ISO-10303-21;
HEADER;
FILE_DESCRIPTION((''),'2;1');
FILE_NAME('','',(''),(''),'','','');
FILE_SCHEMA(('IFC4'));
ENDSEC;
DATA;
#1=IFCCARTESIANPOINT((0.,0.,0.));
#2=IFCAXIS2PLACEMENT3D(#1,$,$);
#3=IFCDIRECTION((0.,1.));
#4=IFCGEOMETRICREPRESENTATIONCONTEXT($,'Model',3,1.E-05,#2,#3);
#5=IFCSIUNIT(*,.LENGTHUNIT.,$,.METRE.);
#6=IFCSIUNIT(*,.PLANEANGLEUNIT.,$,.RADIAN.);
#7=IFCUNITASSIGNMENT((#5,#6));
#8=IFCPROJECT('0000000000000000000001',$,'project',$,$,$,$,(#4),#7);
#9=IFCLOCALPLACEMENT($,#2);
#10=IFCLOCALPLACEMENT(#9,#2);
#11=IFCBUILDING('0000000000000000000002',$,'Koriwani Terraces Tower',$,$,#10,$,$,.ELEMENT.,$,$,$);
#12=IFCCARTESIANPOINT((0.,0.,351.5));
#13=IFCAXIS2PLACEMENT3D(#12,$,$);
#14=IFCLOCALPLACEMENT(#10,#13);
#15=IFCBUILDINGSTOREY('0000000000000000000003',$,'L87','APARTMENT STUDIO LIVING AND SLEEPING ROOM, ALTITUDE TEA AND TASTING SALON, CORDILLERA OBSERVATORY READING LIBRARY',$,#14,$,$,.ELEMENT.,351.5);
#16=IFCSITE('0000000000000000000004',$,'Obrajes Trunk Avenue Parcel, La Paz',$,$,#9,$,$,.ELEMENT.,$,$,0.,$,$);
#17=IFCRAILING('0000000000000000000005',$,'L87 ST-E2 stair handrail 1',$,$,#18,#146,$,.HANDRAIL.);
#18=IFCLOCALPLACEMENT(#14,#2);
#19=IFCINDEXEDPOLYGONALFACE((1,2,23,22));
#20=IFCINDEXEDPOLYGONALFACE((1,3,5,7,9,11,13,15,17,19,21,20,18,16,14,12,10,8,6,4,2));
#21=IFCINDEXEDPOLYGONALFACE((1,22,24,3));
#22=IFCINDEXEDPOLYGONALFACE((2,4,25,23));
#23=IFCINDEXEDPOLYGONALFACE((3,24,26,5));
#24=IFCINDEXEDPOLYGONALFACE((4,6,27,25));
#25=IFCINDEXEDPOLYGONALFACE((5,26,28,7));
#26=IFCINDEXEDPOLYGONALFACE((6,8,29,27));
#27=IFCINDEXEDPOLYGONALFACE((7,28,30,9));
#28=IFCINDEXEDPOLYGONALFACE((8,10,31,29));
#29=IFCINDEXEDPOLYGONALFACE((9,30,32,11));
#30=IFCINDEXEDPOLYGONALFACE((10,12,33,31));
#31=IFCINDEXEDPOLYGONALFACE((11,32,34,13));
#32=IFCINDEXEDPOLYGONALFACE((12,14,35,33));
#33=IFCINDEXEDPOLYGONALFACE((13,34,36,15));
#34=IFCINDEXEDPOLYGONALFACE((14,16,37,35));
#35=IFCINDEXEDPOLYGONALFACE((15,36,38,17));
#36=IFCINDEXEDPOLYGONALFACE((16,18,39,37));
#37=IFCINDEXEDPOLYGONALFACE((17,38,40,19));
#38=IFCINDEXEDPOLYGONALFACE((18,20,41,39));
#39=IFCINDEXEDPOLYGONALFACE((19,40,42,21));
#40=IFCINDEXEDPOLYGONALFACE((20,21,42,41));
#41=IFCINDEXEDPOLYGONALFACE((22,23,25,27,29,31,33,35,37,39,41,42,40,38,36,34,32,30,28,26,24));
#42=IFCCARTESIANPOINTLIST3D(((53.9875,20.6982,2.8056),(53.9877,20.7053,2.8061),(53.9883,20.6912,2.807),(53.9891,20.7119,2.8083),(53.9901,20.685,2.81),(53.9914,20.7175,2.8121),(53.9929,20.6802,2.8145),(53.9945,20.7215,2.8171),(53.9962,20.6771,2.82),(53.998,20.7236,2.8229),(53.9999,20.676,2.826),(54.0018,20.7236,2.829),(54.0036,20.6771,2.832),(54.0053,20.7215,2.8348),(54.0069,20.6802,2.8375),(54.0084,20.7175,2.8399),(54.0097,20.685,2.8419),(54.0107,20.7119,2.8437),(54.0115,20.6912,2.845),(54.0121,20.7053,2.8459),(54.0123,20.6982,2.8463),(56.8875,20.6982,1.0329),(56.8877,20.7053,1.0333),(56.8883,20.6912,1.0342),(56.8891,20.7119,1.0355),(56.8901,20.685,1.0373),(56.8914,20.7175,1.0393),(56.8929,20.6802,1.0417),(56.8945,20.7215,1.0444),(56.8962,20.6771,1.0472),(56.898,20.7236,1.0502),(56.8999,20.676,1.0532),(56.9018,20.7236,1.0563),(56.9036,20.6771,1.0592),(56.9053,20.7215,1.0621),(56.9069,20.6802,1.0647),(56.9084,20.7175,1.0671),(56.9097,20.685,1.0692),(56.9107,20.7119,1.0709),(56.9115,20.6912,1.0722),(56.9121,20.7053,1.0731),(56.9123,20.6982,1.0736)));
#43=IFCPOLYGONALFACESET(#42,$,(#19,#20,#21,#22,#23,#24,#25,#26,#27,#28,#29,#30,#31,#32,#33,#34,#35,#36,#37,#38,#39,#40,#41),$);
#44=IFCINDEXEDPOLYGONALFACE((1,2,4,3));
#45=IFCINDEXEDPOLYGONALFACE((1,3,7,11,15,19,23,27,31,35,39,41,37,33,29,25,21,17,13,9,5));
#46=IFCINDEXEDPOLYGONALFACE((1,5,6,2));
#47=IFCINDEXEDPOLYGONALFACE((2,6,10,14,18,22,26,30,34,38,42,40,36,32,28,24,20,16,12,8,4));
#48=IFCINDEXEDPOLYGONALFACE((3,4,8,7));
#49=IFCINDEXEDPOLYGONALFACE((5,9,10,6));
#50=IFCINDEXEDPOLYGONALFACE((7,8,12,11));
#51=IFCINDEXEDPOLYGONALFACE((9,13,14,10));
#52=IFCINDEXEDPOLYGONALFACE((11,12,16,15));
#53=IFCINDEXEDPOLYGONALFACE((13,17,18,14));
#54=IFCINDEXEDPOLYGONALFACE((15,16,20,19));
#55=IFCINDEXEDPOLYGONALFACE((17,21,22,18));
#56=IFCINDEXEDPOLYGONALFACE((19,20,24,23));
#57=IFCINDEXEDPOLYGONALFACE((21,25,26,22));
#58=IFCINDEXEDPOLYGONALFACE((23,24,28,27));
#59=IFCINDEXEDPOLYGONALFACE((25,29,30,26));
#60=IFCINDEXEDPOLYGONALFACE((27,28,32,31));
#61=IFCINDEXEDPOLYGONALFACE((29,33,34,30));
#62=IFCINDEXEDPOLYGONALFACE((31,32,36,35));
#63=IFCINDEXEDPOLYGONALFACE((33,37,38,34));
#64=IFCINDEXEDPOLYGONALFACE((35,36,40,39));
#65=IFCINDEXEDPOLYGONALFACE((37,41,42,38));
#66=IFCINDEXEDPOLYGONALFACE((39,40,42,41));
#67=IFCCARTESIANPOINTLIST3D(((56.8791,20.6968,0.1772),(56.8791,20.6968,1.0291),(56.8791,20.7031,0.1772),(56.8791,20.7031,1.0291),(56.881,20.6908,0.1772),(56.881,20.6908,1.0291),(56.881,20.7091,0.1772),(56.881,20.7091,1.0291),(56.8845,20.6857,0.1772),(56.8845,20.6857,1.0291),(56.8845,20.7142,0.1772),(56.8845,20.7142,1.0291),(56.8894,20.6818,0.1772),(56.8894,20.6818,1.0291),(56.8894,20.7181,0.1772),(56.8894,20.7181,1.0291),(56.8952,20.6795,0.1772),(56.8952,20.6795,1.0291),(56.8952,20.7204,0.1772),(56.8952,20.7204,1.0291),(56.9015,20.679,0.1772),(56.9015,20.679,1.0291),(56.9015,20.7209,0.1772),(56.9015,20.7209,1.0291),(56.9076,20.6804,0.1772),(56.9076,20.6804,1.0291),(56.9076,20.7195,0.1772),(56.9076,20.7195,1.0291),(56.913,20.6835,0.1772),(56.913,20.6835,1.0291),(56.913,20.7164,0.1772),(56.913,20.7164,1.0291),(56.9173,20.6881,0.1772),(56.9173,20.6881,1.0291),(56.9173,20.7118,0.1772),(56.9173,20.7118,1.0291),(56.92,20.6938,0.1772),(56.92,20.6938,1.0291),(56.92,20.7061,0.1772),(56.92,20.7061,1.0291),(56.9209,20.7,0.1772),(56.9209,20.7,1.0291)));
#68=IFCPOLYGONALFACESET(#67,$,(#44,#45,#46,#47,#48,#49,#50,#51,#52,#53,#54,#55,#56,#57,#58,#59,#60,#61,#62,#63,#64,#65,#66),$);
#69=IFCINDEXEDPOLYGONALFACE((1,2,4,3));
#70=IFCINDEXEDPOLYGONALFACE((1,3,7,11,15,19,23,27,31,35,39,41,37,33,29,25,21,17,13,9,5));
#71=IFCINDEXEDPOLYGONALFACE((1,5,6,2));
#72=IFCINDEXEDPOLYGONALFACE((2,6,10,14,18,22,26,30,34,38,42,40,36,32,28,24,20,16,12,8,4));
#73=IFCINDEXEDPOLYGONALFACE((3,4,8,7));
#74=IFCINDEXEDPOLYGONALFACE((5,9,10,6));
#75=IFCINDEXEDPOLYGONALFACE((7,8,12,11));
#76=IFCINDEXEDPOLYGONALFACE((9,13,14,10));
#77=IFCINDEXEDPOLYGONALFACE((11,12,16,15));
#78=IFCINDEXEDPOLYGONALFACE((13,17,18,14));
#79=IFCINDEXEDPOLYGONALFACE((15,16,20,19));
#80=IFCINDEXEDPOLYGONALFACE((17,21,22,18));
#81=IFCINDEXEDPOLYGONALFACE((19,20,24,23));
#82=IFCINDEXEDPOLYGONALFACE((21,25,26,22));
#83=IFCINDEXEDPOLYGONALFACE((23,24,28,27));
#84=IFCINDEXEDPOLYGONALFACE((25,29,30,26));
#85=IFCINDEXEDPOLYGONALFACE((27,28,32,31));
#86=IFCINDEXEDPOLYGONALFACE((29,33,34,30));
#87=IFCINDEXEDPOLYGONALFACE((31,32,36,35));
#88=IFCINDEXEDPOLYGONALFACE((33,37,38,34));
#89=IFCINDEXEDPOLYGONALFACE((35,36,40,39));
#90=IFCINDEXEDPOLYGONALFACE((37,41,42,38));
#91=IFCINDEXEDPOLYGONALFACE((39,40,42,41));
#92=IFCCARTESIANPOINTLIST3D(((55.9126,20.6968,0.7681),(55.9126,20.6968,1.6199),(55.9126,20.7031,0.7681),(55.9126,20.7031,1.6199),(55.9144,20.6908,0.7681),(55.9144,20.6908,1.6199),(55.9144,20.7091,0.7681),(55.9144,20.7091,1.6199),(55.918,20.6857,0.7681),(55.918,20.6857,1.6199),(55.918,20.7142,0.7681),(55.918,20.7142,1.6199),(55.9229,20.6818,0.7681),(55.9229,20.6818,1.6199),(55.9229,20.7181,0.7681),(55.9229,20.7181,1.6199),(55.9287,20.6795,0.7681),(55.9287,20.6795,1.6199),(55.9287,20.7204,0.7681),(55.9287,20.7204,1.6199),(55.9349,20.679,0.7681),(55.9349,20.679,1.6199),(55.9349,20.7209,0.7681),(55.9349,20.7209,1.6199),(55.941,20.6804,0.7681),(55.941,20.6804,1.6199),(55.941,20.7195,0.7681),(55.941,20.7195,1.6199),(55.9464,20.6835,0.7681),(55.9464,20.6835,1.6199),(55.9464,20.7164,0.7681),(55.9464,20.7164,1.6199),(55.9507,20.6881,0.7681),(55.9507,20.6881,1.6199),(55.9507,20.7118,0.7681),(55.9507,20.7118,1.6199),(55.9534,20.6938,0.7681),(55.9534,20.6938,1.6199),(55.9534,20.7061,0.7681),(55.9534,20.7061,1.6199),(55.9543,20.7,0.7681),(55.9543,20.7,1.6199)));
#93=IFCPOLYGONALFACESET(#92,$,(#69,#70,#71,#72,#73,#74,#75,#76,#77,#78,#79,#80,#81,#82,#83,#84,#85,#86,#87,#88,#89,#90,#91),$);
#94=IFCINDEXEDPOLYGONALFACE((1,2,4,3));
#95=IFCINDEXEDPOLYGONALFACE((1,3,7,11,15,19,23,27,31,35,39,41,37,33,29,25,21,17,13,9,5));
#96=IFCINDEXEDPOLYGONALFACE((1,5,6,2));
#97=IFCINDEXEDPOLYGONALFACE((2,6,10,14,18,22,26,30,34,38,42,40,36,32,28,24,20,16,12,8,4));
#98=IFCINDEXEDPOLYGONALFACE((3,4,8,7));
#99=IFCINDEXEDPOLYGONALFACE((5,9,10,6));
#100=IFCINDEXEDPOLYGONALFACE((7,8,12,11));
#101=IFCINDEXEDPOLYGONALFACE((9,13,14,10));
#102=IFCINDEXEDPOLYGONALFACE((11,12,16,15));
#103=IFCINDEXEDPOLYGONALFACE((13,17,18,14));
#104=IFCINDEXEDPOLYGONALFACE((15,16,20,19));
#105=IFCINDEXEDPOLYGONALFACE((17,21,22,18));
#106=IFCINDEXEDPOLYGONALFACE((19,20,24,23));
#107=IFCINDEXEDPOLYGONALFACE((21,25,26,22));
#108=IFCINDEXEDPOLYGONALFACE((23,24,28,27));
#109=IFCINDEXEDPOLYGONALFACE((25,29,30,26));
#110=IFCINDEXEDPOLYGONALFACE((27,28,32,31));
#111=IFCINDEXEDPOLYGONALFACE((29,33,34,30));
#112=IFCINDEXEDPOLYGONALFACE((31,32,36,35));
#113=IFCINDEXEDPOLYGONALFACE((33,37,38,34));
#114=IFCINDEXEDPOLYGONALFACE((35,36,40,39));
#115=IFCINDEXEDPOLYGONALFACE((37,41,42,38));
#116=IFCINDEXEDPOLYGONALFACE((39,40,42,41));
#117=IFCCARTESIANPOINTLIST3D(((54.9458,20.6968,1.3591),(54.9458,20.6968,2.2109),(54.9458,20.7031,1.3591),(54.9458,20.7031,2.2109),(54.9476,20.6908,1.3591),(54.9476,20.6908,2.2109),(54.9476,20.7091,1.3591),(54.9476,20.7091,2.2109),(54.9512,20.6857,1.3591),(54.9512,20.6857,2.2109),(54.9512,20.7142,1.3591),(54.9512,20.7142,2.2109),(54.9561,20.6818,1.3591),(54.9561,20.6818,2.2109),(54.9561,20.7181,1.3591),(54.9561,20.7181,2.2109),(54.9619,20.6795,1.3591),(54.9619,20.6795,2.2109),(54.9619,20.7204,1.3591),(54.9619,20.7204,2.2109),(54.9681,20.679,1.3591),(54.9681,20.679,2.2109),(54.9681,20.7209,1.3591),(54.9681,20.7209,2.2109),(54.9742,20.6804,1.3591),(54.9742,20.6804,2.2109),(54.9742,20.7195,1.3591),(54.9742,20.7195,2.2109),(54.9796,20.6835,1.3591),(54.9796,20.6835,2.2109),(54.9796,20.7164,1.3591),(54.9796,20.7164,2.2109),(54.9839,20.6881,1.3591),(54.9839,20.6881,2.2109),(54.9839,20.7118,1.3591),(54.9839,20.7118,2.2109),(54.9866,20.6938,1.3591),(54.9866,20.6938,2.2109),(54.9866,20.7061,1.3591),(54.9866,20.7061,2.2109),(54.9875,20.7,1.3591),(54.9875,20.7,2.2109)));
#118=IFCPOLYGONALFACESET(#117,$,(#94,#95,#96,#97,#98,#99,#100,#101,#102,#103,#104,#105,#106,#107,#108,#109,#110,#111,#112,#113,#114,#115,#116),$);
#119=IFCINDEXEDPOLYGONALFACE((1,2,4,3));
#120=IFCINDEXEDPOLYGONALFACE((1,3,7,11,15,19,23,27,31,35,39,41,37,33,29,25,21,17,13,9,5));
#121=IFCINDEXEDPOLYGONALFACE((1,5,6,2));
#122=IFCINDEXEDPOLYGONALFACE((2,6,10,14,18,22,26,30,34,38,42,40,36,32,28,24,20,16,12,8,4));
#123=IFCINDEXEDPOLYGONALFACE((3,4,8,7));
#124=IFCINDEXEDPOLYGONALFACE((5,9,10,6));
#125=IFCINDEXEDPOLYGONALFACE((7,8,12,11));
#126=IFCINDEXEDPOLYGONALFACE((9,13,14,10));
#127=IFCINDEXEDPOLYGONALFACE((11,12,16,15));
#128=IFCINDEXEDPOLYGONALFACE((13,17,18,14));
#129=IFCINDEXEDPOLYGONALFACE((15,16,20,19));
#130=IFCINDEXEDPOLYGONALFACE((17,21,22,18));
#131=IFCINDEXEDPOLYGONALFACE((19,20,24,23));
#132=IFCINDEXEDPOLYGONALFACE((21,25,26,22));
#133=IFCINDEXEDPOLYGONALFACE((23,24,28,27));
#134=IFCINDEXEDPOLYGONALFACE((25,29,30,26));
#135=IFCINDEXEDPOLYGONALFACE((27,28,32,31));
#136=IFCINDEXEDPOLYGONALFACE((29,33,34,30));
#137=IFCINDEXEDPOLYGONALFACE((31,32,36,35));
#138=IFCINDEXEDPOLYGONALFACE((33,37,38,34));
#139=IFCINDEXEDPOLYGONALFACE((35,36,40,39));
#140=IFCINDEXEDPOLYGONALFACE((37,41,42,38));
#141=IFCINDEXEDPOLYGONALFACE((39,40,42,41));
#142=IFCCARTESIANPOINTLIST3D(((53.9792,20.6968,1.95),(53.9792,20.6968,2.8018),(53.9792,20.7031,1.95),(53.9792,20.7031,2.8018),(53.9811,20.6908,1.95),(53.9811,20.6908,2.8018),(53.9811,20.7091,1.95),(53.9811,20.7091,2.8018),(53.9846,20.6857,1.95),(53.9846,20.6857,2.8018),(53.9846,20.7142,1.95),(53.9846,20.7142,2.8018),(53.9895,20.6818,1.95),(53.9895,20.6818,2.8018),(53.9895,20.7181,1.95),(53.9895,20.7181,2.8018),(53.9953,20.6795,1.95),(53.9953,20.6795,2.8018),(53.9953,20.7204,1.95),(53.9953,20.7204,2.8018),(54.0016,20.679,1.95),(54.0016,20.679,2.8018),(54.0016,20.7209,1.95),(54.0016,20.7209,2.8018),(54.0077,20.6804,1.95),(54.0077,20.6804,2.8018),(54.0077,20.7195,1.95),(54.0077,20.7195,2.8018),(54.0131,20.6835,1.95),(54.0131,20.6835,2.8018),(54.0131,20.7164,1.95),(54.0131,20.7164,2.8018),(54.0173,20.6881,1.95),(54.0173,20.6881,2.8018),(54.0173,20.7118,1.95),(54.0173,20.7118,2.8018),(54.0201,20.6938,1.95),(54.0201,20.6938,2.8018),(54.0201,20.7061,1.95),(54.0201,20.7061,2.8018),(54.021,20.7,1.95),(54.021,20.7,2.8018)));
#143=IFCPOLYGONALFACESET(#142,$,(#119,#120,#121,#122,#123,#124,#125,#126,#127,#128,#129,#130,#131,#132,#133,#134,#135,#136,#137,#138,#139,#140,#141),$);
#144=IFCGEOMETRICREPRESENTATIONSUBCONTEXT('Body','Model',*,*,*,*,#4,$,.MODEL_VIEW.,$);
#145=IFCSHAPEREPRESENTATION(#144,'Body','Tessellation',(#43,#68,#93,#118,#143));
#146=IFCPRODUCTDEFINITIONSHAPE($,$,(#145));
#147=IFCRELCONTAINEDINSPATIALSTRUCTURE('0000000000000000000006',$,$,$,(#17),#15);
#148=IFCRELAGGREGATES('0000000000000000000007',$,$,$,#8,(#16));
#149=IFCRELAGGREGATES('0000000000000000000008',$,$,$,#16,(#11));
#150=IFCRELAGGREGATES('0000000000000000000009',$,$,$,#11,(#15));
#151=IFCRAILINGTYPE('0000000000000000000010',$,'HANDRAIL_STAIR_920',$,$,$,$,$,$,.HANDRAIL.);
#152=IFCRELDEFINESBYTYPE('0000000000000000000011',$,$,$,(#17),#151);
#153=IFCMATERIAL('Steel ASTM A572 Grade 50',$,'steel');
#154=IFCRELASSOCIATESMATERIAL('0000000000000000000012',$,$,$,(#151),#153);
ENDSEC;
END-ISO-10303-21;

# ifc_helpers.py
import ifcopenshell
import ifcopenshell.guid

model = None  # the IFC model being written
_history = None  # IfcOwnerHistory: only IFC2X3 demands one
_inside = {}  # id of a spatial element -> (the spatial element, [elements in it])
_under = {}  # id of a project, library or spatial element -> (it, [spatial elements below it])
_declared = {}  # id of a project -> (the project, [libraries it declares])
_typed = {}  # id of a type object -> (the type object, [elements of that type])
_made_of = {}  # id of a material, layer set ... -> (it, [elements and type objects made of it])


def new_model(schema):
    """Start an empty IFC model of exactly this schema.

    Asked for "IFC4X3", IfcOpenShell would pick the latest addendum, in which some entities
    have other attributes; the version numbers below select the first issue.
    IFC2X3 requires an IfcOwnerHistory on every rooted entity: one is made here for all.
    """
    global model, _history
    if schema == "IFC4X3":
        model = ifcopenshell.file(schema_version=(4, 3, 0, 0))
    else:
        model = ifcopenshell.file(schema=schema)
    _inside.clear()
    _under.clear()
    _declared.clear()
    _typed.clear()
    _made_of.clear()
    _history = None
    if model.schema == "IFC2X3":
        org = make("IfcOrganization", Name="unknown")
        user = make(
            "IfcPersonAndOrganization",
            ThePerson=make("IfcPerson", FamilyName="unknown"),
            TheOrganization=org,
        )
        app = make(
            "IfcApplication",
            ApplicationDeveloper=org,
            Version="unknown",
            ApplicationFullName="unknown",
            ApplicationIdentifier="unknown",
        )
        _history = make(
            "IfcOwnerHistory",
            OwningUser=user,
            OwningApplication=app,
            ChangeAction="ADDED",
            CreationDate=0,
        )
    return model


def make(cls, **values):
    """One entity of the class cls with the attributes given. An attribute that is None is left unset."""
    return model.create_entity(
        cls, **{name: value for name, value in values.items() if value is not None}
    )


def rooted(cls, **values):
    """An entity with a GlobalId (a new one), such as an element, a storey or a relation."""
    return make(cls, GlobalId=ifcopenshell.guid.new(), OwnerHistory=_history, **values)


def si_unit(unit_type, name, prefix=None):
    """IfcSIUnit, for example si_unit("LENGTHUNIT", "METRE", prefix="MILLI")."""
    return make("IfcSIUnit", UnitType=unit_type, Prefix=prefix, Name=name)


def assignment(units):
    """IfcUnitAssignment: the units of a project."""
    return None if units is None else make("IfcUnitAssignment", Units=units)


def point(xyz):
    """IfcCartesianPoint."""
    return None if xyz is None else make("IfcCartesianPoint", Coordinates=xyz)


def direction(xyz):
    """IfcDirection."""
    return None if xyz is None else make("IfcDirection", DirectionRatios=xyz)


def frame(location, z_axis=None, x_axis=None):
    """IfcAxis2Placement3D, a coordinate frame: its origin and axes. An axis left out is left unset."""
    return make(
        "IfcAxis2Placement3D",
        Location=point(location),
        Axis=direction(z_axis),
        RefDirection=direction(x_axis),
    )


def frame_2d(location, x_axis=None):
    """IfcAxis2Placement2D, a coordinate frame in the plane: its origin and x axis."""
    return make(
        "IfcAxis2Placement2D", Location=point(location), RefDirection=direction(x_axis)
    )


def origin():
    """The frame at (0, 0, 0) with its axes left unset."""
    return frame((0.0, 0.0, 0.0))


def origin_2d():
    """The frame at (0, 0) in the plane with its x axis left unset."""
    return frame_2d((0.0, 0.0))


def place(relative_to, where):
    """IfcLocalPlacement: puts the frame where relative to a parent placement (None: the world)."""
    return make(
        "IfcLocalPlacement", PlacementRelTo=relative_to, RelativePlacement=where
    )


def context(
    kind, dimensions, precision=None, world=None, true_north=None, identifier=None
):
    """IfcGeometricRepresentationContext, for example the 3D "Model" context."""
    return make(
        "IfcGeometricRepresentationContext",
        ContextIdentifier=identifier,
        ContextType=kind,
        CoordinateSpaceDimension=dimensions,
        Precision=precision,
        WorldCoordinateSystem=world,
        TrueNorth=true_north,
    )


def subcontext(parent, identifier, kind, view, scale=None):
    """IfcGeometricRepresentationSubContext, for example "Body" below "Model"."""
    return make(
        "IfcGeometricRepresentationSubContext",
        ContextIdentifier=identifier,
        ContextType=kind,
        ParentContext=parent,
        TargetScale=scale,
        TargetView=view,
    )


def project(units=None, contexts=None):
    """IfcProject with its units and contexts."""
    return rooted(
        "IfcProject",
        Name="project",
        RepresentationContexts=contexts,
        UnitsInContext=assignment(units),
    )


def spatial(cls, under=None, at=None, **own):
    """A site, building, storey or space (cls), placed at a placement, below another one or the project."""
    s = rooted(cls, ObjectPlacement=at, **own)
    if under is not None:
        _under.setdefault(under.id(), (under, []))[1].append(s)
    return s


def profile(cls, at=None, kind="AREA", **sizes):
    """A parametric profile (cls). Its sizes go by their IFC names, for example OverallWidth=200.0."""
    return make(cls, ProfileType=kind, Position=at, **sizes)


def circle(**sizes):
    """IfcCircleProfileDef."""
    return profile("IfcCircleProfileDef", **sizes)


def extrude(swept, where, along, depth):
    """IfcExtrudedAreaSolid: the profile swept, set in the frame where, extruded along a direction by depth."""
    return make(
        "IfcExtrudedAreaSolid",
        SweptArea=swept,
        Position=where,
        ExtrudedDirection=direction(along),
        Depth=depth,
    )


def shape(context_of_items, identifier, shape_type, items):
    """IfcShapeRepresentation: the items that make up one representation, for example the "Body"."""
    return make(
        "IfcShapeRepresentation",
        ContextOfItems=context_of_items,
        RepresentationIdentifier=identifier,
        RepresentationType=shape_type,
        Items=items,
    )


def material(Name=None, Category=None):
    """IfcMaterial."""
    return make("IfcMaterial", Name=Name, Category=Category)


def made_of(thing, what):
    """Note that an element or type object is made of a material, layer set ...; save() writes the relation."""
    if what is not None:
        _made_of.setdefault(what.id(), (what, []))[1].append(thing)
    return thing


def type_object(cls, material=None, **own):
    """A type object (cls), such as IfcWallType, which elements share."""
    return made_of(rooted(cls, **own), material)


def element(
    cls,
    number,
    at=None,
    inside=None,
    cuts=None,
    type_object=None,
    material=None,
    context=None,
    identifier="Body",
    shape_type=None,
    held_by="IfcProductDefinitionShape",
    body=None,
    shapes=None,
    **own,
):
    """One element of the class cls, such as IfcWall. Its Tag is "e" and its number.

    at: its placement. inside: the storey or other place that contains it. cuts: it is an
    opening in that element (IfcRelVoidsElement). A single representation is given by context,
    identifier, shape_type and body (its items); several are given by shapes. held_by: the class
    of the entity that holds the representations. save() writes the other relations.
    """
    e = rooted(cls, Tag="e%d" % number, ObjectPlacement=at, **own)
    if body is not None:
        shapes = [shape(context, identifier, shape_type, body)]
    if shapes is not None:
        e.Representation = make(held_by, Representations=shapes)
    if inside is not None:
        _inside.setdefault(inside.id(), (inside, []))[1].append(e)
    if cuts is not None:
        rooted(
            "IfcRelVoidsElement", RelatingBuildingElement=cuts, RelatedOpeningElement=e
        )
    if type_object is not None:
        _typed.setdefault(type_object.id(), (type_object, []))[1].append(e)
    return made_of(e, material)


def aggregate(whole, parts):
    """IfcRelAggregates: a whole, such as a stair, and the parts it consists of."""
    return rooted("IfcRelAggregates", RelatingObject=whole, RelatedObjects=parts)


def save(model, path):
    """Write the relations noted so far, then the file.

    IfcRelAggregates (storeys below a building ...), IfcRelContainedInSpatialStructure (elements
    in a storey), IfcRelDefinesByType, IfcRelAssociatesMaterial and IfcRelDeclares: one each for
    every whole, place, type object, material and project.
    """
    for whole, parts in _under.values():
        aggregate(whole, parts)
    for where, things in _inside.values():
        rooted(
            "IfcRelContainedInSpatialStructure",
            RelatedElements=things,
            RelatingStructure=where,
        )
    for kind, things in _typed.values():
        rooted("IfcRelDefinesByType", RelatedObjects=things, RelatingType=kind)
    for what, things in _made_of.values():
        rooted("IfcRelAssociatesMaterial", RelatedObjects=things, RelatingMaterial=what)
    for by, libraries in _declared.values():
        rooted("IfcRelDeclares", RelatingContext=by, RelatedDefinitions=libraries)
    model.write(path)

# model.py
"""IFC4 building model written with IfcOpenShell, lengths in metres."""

from ifc_helpers import new_model, si_unit, direction, frame, origin, origin_2d, place, context, subcontext, project, spatial, circle, extrude, material, type_object, element, save


model = new_model("IFC4")

# Units and contexts
model_context = context("Model", 3, precision=1e-05, world=origin(), true_north=direction((0.0, 1.0)))
body_context = subcontext(model_context, "Body", "Model", "MODEL_VIEW")
ifc_project = project(units=[si_unit("LENGTHUNIT", "METRE"), si_unit("PLANEANGLEUNIT", "RADIAN")], contexts=[model_context])

# Site, building, storey
site_placement = place(None, origin())
site = spatial("IfcSite", under=ifc_project, at=site_placement, Name="Obrajes Trunk Avenue Parcel, La Paz", CompositionType="ELEMENT", RefElevation=0.0)
building_placement = place(site_placement, origin())
building = spatial("IfcBuilding", under=site, at=building_placement, Name="Koriwani Terraces Tower", CompositionType="ELEMENT")
storey_placement = place(building_placement, frame((0.0, 0.0, 351.5)))
storey = spatial("IfcBuildingStorey", under=building, at=storey_placement, Name="L87", Description="APARTMENT STUDIO LIVING AND SLEEPING ROOM, ALTITUDE TEA AND TASTING SALON, CORDILLERA OBSERVATORY READING LIBRARY", CompositionType="ELEMENT", Elevation=351.5)

# Shared definitions
ifc_material_1 = material(Name="Steel ASTM A572 Grade 50", Category="steel")

# Railing
railing_type_1 = type_object("IfcRailingType", Name="HANDRAIL_STAIR_920", PredefinedType="HANDRAIL", material=ifc_material_1)
railing_1_placement = place(storey_placement, frame((56.8999, 20.7, 0.1772)))
element("IfcRailing", 1, at=railing_1_placement, inside=storey, type_object=railing_type_1, Name="L87 ST-E2 stair handrail 1", PredefinedType="HANDRAIL", context=body_context, shape_type="SweptSolid", body=[
    extrude(circle(Radius=0.0239, at=origin_2d()), frame((0.0, 0.0, 0.876), z_axis=(-0.853211, 0.0, 0.521566), x_axis=(0.0, -1.0, 0.0)), (0.0, 0.0, 1.0), 3.3989),
    extrude(circle(Radius=0.021, at=origin_2d()), origin(), (0.0, 0.0, 1.0), 0.8518),
    extrude(circle(Radius=0.021, at=origin_2d()), frame((-0.9666, 0.0, 0.5908)), (0.0, 0.0, 1.0), 0.8518),
    extrude(circle(Radius=0.021, at=origin_2d()), frame((-1.9333, 0.0, 1.1819)), (0.0, 0.0, 1.0), 0.8518),
    extrude(circle(Radius=0.021, at=origin_2d()), frame((-2.8999, 0.0, 1.7727)), (0.0, 0.0, 1.0), 0.8518),
])

save(model, "model.ifc")
